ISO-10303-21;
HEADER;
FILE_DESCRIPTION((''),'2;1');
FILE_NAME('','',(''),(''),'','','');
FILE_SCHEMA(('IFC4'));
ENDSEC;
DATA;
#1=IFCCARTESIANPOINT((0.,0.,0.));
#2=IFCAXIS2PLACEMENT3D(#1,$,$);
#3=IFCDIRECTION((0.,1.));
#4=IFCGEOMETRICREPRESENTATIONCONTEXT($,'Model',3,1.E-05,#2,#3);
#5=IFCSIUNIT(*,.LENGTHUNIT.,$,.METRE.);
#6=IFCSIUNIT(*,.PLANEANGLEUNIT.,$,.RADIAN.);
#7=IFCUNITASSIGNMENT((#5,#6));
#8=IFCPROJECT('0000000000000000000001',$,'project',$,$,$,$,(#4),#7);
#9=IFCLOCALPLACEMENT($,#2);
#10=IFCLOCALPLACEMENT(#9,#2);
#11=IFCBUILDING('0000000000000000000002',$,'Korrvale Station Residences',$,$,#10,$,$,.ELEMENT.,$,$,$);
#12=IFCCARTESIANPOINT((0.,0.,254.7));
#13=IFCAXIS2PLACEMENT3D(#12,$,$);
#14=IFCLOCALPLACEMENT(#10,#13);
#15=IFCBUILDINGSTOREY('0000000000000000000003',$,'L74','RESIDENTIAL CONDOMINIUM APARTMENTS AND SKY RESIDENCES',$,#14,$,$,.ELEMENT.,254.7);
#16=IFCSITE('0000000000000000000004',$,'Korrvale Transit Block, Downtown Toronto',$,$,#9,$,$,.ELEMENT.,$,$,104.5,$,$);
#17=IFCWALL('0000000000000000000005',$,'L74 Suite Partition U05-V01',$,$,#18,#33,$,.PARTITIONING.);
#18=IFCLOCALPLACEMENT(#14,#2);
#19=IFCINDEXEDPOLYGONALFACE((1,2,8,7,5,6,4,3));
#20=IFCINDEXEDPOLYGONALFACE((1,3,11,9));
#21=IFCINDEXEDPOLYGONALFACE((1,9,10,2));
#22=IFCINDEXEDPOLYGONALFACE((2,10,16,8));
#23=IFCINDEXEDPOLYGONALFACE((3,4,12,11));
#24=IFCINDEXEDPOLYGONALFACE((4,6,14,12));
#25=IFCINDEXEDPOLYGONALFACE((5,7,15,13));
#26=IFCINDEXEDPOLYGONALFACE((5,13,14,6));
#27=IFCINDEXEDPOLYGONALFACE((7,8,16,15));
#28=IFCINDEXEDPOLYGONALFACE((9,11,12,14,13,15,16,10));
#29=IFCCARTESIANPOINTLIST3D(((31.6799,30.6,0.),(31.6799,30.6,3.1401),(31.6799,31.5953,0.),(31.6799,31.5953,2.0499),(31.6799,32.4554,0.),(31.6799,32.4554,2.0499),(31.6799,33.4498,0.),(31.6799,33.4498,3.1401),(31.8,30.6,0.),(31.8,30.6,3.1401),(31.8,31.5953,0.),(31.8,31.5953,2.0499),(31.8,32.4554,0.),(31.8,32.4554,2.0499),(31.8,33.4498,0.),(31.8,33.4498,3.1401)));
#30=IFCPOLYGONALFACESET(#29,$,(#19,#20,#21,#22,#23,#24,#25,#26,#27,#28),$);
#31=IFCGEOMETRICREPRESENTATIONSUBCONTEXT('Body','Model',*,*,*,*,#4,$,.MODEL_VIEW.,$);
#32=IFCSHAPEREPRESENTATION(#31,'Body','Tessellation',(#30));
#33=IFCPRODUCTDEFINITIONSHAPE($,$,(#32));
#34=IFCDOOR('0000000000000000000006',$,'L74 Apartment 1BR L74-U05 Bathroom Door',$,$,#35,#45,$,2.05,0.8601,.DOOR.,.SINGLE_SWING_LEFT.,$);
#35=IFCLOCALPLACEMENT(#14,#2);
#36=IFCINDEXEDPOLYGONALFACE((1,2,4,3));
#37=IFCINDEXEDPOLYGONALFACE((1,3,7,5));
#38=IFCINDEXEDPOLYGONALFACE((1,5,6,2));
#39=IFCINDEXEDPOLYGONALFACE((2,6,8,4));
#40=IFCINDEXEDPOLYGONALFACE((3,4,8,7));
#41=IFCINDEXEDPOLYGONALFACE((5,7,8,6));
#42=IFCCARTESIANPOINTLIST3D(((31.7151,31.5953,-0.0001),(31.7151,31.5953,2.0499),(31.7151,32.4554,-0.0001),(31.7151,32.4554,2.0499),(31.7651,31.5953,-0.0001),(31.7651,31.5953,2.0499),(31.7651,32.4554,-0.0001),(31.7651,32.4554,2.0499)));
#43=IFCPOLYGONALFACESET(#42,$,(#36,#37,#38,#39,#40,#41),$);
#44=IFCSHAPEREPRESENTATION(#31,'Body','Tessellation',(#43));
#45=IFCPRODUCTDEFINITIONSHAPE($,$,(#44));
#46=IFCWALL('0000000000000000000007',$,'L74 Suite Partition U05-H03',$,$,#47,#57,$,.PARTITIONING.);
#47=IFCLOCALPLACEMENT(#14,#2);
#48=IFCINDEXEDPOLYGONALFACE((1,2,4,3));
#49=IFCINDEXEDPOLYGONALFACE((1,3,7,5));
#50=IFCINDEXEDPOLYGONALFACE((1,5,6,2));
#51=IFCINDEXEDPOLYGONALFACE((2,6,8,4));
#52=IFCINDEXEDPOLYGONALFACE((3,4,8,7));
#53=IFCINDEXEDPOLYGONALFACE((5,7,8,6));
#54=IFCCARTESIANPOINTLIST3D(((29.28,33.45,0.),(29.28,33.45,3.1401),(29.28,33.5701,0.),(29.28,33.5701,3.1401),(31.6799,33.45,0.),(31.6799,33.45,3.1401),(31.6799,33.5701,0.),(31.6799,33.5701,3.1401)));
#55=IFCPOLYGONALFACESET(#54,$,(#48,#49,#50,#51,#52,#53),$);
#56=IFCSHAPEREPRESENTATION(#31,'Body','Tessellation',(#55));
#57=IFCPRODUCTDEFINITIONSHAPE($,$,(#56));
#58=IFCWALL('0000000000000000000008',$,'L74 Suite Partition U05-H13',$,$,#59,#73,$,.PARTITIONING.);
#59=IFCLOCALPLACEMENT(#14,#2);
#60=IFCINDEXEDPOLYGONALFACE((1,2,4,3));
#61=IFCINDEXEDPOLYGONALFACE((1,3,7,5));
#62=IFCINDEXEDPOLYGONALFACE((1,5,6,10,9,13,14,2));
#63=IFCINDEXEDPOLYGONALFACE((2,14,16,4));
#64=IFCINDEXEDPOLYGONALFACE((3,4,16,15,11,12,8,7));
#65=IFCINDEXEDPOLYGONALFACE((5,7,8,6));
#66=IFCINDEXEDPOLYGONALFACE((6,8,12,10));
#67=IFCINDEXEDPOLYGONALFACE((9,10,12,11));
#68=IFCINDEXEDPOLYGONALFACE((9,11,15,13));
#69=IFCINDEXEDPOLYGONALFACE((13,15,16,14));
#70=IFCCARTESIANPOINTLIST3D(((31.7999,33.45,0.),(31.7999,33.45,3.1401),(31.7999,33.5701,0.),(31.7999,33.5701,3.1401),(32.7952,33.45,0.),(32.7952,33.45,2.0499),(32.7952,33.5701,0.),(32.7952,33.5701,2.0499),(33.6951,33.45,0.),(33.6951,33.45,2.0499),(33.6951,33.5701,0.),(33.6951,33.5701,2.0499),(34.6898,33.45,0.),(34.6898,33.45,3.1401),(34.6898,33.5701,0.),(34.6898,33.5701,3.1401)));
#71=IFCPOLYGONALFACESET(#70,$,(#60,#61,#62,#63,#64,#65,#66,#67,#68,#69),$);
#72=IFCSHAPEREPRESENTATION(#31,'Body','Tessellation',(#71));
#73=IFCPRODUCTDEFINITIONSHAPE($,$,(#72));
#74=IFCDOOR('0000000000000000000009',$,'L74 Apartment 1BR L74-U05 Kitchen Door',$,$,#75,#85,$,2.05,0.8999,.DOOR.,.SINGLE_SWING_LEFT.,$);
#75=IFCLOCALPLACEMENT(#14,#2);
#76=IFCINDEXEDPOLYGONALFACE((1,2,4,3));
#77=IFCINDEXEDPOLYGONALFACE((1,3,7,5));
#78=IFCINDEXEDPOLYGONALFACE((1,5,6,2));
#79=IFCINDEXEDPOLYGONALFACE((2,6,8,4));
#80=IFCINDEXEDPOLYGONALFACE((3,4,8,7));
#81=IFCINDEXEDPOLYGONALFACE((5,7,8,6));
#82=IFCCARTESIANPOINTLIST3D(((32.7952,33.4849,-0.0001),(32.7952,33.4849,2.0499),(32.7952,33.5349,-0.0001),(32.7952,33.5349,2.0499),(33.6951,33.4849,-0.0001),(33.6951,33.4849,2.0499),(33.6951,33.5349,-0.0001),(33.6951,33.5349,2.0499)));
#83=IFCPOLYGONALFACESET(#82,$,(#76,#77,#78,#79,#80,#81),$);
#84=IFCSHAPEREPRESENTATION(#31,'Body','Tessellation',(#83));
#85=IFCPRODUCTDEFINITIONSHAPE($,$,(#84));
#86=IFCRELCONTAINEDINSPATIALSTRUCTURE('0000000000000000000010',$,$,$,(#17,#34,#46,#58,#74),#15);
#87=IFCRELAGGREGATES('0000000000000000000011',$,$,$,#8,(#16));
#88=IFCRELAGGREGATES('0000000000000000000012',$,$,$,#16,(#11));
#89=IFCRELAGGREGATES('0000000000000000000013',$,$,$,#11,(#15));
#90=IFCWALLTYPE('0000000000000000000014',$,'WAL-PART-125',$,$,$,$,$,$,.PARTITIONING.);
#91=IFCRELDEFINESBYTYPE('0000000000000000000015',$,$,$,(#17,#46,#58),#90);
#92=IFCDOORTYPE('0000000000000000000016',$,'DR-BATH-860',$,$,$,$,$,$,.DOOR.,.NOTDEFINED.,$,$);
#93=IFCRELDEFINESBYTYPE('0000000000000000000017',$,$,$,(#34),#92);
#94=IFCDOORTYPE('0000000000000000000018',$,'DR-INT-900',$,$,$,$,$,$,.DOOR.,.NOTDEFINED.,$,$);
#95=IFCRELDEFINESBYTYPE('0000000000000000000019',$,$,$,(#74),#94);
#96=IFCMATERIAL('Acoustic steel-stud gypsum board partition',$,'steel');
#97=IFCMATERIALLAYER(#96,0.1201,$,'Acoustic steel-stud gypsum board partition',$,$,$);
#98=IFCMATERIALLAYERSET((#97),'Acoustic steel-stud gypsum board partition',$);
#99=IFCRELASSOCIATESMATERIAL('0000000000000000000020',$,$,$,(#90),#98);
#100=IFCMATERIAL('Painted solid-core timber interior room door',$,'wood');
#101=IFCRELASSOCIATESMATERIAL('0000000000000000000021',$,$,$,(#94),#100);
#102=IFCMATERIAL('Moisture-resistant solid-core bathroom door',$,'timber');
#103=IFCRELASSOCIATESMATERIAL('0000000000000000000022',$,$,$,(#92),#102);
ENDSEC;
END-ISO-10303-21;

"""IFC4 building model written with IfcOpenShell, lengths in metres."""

from ifc_helpers import new_model, si_unit, direction, frame, frame_2d, origin, place, context, subcontext, project, spatial, rectangle, extrude, material, layer, layer_set, type_object, element, fill, save


model = new_model("IFC4")

# Units and contexts
model_context = context("Model", 3, precision=1e-05, world=origin(), true_north=direction((0.0, 1.0)))
body_context = subcontext(model_context, "Body", "Model", "MODEL_VIEW")
ifc_project = project(units=[si_unit("LENGTHUNIT", "METRE"), si_unit("PLANEANGLEUNIT", "RADIAN")], contexts=[model_context])

# Site, building, storey
site_placement = place(None, origin())
site = spatial("IfcSite", under=ifc_project, at=site_placement, Name="Korrvale Transit Block, Downtown Toronto", CompositionType="ELEMENT", RefElevation=104.5)
building_placement = place(site_placement, origin())
building = spatial("IfcBuilding", under=site, at=building_placement, Name="Korrvale Station Residences", CompositionType="ELEMENT")
storey_placement = place(building_placement, frame((0.0, 0.0, 254.7)))
storey = spatial("IfcBuildingStorey", under=building, at=storey_placement, Name="L74", Description="RESIDENTIAL CONDOMINIUM APARTMENTS AND SKY RESIDENCES", CompositionType="ELEMENT", Elevation=254.7)

# Wall, opening, door
ifc_material_1 = material(Name="Acoustic steel-stud gypsum board partition", Category="steel")
ifc_layer_1 = layer(ifc_material_1, 0.1201, Name="Acoustic steel-stud gypsum board partition")
ifc_layer_set_1 = layer_set([ifc_layer_1], Name="Acoustic steel-stud gypsum board partition")
wall_type_1 = type_object("IfcWallType", Name="WAL-PART-125", PredefinedType="PARTITIONING", material=ifc_layer_set_1)
ifc_material_2 = material(Name="Painted solid-core timber interior room door", Category="wood")
door_type_1 = type_object("IfcDoorType", Name="DR-INT-900", OperationType="NOTDEFINED", PredefinedType="DOOR", material=ifc_material_2)
wall_1_placement = place(storey_placement, frame((31.74, 30.6001, 0.0), z_axis=(0.0, 0.0, 1.0), x_axis=(0.0, 1.0, 0.0)))
wall_1 = element("IfcWall", 1, at=wall_1_placement, inside=storey, type_object=wall_type_1, Name="L74 Suite Partition U05-V01", PredefinedType="PARTITIONING", context=body_context, shape_type="SweptSolid", body=[
    extrude(rectangle(XDim=2.8499, YDim=0.1201, at=frame_2d((1.4248, 0.0))), origin(), (0.0, 0.0, 1.0), 3.1401),
])
opening_1_placement = place(wall_1_placement, frame((0.9951, 0.0, 0.0)))
opening_1 = element("IfcOpeningElement", 2, at=opening_1_placement, cuts=wall_1, PredefinedType="OPENING", context=body_context, shape_type="SweptSolid", body=[
    extrude(rectangle(XDim=0.8601, YDim=2.05, at=frame_2d((0.4302, 1.0249))), frame((0.0, 0.0701, 0.0), z_axis=(0.0, -1.0, 0.0), x_axis=(1.0, 0.0, 0.0)), (0.0, 0.0, 1.0), 0.1401),
])
ifc_material_3 = material(Name="Moisture-resistant solid-core bathroom door", Category="timber")
door_type_2 = type_object("IfcDoorType", Name="DR-BATH-860", OperationType="NOTDEFINED", PredefinedType="DOOR", material=ifc_material_3)
door_1_placement = place(opening_1_placement, origin())
door_1 = element("IfcDoor", 3, at=door_1_placement, inside=storey, type_object=door_type_2, Name="L74 Apartment 1BR L74-U05 Bathroom Door", OperationType="SINGLE_SWING_LEFT", OverallHeight=2.05, OverallWidth=0.8601, PredefinedType="DOOR", context=body_context, shape_type="SweptSolid", body=[
    extrude(rectangle(XDim=0.8601, YDim=2.05, at=frame_2d((0.4302, 1.0249))), frame((0.0, 0.0249, 0.0), z_axis=(0.0, -1.0, 0.0), x_axis=(1.0, 0.0, 0.0)), (0.0, 0.0, 1.0), 0.05),
])
fill(opening_1, door_1)

# Wall
wall_2_placement = place(storey_placement, frame((29.28, 33.51, 0.0), z_axis=(0.0, 0.0, 1.0), x_axis=(1.0, 0.0, 0.0)))
element("IfcWall", 4, at=wall_2_placement, inside=storey, type_object=wall_type_1, Name="L74 Suite Partition U05-H03", PredefinedType="PARTITIONING", context=body_context, shape_type="SweptSolid", body=[
    extrude(rectangle(XDim=2.3999, YDim=0.1201, at=frame_2d((1.2, 0.0))), origin(), (0.0, 0.0, 1.0), 3.1401),
])

# Wall, opening, door
wall_3_placement = place(storey_placement, frame((31.8, 33.51, 0.0), z_axis=(0.0, 0.0, 1.0), x_axis=(1.0, 0.0, 0.0)))
wall_3 = element("IfcWall", 5, at=wall_3_placement, inside=storey, type_object=wall_type_1, Name="L74 Suite Partition U05-H13", PredefinedType="PARTITIONING", context=body_context, shape_type="SweptSolid", body=[
    extrude(rectangle(XDim=2.8899, YDim=0.1201, at=frame_2d((1.4448, 0.0))), origin(), (0.0, 0.0, 1.0), 3.1401),
])
opening_2_placement = place(wall_3_placement, frame((0.9951, 0.0, 0.0)))
opening_2 = element("IfcOpeningElement", 6, at=opening_2_placement, cuts=wall_3, PredefinedType="OPENING", context=body_context, shape_type="SweptSolid", body=[
    extrude(rectangle(XDim=0.8999, YDim=2.05, at=frame_2d((0.45, 1.0249))), frame((0.0, 0.0701, 0.0), z_axis=(0.0, -1.0, 0.0), x_axis=(1.0, 0.0, 0.0)), (0.0, 0.0, 1.0), 0.1401),
])
door_2_placement = place(opening_2_placement, origin())
door_2 = element("IfcDoor", 7, at=door_2_placement, inside=storey, type_object=door_type_1, Name="L74 Apartment 1BR L74-U05 Kitchen Door", OperationType="SINGLE_SWING_LEFT", OverallHeight=2.05, OverallWidth=0.8999, PredefinedType="DOOR", context=body_context, shape_type="SweptSolid", body=[
    extrude(rectangle(XDim=0.8999, YDim=2.05, at=frame_2d((0.45, 1.0249))), frame((0.0, 0.0249, 0.0), z_axis=(0.0, -1.0, 0.0), x_axis=(1.0, 0.0, 0.0)), (0.0, 0.0, 1.0), 0.05),
])
fill(opening_2, door_2)

save(model, "model.ifc")
